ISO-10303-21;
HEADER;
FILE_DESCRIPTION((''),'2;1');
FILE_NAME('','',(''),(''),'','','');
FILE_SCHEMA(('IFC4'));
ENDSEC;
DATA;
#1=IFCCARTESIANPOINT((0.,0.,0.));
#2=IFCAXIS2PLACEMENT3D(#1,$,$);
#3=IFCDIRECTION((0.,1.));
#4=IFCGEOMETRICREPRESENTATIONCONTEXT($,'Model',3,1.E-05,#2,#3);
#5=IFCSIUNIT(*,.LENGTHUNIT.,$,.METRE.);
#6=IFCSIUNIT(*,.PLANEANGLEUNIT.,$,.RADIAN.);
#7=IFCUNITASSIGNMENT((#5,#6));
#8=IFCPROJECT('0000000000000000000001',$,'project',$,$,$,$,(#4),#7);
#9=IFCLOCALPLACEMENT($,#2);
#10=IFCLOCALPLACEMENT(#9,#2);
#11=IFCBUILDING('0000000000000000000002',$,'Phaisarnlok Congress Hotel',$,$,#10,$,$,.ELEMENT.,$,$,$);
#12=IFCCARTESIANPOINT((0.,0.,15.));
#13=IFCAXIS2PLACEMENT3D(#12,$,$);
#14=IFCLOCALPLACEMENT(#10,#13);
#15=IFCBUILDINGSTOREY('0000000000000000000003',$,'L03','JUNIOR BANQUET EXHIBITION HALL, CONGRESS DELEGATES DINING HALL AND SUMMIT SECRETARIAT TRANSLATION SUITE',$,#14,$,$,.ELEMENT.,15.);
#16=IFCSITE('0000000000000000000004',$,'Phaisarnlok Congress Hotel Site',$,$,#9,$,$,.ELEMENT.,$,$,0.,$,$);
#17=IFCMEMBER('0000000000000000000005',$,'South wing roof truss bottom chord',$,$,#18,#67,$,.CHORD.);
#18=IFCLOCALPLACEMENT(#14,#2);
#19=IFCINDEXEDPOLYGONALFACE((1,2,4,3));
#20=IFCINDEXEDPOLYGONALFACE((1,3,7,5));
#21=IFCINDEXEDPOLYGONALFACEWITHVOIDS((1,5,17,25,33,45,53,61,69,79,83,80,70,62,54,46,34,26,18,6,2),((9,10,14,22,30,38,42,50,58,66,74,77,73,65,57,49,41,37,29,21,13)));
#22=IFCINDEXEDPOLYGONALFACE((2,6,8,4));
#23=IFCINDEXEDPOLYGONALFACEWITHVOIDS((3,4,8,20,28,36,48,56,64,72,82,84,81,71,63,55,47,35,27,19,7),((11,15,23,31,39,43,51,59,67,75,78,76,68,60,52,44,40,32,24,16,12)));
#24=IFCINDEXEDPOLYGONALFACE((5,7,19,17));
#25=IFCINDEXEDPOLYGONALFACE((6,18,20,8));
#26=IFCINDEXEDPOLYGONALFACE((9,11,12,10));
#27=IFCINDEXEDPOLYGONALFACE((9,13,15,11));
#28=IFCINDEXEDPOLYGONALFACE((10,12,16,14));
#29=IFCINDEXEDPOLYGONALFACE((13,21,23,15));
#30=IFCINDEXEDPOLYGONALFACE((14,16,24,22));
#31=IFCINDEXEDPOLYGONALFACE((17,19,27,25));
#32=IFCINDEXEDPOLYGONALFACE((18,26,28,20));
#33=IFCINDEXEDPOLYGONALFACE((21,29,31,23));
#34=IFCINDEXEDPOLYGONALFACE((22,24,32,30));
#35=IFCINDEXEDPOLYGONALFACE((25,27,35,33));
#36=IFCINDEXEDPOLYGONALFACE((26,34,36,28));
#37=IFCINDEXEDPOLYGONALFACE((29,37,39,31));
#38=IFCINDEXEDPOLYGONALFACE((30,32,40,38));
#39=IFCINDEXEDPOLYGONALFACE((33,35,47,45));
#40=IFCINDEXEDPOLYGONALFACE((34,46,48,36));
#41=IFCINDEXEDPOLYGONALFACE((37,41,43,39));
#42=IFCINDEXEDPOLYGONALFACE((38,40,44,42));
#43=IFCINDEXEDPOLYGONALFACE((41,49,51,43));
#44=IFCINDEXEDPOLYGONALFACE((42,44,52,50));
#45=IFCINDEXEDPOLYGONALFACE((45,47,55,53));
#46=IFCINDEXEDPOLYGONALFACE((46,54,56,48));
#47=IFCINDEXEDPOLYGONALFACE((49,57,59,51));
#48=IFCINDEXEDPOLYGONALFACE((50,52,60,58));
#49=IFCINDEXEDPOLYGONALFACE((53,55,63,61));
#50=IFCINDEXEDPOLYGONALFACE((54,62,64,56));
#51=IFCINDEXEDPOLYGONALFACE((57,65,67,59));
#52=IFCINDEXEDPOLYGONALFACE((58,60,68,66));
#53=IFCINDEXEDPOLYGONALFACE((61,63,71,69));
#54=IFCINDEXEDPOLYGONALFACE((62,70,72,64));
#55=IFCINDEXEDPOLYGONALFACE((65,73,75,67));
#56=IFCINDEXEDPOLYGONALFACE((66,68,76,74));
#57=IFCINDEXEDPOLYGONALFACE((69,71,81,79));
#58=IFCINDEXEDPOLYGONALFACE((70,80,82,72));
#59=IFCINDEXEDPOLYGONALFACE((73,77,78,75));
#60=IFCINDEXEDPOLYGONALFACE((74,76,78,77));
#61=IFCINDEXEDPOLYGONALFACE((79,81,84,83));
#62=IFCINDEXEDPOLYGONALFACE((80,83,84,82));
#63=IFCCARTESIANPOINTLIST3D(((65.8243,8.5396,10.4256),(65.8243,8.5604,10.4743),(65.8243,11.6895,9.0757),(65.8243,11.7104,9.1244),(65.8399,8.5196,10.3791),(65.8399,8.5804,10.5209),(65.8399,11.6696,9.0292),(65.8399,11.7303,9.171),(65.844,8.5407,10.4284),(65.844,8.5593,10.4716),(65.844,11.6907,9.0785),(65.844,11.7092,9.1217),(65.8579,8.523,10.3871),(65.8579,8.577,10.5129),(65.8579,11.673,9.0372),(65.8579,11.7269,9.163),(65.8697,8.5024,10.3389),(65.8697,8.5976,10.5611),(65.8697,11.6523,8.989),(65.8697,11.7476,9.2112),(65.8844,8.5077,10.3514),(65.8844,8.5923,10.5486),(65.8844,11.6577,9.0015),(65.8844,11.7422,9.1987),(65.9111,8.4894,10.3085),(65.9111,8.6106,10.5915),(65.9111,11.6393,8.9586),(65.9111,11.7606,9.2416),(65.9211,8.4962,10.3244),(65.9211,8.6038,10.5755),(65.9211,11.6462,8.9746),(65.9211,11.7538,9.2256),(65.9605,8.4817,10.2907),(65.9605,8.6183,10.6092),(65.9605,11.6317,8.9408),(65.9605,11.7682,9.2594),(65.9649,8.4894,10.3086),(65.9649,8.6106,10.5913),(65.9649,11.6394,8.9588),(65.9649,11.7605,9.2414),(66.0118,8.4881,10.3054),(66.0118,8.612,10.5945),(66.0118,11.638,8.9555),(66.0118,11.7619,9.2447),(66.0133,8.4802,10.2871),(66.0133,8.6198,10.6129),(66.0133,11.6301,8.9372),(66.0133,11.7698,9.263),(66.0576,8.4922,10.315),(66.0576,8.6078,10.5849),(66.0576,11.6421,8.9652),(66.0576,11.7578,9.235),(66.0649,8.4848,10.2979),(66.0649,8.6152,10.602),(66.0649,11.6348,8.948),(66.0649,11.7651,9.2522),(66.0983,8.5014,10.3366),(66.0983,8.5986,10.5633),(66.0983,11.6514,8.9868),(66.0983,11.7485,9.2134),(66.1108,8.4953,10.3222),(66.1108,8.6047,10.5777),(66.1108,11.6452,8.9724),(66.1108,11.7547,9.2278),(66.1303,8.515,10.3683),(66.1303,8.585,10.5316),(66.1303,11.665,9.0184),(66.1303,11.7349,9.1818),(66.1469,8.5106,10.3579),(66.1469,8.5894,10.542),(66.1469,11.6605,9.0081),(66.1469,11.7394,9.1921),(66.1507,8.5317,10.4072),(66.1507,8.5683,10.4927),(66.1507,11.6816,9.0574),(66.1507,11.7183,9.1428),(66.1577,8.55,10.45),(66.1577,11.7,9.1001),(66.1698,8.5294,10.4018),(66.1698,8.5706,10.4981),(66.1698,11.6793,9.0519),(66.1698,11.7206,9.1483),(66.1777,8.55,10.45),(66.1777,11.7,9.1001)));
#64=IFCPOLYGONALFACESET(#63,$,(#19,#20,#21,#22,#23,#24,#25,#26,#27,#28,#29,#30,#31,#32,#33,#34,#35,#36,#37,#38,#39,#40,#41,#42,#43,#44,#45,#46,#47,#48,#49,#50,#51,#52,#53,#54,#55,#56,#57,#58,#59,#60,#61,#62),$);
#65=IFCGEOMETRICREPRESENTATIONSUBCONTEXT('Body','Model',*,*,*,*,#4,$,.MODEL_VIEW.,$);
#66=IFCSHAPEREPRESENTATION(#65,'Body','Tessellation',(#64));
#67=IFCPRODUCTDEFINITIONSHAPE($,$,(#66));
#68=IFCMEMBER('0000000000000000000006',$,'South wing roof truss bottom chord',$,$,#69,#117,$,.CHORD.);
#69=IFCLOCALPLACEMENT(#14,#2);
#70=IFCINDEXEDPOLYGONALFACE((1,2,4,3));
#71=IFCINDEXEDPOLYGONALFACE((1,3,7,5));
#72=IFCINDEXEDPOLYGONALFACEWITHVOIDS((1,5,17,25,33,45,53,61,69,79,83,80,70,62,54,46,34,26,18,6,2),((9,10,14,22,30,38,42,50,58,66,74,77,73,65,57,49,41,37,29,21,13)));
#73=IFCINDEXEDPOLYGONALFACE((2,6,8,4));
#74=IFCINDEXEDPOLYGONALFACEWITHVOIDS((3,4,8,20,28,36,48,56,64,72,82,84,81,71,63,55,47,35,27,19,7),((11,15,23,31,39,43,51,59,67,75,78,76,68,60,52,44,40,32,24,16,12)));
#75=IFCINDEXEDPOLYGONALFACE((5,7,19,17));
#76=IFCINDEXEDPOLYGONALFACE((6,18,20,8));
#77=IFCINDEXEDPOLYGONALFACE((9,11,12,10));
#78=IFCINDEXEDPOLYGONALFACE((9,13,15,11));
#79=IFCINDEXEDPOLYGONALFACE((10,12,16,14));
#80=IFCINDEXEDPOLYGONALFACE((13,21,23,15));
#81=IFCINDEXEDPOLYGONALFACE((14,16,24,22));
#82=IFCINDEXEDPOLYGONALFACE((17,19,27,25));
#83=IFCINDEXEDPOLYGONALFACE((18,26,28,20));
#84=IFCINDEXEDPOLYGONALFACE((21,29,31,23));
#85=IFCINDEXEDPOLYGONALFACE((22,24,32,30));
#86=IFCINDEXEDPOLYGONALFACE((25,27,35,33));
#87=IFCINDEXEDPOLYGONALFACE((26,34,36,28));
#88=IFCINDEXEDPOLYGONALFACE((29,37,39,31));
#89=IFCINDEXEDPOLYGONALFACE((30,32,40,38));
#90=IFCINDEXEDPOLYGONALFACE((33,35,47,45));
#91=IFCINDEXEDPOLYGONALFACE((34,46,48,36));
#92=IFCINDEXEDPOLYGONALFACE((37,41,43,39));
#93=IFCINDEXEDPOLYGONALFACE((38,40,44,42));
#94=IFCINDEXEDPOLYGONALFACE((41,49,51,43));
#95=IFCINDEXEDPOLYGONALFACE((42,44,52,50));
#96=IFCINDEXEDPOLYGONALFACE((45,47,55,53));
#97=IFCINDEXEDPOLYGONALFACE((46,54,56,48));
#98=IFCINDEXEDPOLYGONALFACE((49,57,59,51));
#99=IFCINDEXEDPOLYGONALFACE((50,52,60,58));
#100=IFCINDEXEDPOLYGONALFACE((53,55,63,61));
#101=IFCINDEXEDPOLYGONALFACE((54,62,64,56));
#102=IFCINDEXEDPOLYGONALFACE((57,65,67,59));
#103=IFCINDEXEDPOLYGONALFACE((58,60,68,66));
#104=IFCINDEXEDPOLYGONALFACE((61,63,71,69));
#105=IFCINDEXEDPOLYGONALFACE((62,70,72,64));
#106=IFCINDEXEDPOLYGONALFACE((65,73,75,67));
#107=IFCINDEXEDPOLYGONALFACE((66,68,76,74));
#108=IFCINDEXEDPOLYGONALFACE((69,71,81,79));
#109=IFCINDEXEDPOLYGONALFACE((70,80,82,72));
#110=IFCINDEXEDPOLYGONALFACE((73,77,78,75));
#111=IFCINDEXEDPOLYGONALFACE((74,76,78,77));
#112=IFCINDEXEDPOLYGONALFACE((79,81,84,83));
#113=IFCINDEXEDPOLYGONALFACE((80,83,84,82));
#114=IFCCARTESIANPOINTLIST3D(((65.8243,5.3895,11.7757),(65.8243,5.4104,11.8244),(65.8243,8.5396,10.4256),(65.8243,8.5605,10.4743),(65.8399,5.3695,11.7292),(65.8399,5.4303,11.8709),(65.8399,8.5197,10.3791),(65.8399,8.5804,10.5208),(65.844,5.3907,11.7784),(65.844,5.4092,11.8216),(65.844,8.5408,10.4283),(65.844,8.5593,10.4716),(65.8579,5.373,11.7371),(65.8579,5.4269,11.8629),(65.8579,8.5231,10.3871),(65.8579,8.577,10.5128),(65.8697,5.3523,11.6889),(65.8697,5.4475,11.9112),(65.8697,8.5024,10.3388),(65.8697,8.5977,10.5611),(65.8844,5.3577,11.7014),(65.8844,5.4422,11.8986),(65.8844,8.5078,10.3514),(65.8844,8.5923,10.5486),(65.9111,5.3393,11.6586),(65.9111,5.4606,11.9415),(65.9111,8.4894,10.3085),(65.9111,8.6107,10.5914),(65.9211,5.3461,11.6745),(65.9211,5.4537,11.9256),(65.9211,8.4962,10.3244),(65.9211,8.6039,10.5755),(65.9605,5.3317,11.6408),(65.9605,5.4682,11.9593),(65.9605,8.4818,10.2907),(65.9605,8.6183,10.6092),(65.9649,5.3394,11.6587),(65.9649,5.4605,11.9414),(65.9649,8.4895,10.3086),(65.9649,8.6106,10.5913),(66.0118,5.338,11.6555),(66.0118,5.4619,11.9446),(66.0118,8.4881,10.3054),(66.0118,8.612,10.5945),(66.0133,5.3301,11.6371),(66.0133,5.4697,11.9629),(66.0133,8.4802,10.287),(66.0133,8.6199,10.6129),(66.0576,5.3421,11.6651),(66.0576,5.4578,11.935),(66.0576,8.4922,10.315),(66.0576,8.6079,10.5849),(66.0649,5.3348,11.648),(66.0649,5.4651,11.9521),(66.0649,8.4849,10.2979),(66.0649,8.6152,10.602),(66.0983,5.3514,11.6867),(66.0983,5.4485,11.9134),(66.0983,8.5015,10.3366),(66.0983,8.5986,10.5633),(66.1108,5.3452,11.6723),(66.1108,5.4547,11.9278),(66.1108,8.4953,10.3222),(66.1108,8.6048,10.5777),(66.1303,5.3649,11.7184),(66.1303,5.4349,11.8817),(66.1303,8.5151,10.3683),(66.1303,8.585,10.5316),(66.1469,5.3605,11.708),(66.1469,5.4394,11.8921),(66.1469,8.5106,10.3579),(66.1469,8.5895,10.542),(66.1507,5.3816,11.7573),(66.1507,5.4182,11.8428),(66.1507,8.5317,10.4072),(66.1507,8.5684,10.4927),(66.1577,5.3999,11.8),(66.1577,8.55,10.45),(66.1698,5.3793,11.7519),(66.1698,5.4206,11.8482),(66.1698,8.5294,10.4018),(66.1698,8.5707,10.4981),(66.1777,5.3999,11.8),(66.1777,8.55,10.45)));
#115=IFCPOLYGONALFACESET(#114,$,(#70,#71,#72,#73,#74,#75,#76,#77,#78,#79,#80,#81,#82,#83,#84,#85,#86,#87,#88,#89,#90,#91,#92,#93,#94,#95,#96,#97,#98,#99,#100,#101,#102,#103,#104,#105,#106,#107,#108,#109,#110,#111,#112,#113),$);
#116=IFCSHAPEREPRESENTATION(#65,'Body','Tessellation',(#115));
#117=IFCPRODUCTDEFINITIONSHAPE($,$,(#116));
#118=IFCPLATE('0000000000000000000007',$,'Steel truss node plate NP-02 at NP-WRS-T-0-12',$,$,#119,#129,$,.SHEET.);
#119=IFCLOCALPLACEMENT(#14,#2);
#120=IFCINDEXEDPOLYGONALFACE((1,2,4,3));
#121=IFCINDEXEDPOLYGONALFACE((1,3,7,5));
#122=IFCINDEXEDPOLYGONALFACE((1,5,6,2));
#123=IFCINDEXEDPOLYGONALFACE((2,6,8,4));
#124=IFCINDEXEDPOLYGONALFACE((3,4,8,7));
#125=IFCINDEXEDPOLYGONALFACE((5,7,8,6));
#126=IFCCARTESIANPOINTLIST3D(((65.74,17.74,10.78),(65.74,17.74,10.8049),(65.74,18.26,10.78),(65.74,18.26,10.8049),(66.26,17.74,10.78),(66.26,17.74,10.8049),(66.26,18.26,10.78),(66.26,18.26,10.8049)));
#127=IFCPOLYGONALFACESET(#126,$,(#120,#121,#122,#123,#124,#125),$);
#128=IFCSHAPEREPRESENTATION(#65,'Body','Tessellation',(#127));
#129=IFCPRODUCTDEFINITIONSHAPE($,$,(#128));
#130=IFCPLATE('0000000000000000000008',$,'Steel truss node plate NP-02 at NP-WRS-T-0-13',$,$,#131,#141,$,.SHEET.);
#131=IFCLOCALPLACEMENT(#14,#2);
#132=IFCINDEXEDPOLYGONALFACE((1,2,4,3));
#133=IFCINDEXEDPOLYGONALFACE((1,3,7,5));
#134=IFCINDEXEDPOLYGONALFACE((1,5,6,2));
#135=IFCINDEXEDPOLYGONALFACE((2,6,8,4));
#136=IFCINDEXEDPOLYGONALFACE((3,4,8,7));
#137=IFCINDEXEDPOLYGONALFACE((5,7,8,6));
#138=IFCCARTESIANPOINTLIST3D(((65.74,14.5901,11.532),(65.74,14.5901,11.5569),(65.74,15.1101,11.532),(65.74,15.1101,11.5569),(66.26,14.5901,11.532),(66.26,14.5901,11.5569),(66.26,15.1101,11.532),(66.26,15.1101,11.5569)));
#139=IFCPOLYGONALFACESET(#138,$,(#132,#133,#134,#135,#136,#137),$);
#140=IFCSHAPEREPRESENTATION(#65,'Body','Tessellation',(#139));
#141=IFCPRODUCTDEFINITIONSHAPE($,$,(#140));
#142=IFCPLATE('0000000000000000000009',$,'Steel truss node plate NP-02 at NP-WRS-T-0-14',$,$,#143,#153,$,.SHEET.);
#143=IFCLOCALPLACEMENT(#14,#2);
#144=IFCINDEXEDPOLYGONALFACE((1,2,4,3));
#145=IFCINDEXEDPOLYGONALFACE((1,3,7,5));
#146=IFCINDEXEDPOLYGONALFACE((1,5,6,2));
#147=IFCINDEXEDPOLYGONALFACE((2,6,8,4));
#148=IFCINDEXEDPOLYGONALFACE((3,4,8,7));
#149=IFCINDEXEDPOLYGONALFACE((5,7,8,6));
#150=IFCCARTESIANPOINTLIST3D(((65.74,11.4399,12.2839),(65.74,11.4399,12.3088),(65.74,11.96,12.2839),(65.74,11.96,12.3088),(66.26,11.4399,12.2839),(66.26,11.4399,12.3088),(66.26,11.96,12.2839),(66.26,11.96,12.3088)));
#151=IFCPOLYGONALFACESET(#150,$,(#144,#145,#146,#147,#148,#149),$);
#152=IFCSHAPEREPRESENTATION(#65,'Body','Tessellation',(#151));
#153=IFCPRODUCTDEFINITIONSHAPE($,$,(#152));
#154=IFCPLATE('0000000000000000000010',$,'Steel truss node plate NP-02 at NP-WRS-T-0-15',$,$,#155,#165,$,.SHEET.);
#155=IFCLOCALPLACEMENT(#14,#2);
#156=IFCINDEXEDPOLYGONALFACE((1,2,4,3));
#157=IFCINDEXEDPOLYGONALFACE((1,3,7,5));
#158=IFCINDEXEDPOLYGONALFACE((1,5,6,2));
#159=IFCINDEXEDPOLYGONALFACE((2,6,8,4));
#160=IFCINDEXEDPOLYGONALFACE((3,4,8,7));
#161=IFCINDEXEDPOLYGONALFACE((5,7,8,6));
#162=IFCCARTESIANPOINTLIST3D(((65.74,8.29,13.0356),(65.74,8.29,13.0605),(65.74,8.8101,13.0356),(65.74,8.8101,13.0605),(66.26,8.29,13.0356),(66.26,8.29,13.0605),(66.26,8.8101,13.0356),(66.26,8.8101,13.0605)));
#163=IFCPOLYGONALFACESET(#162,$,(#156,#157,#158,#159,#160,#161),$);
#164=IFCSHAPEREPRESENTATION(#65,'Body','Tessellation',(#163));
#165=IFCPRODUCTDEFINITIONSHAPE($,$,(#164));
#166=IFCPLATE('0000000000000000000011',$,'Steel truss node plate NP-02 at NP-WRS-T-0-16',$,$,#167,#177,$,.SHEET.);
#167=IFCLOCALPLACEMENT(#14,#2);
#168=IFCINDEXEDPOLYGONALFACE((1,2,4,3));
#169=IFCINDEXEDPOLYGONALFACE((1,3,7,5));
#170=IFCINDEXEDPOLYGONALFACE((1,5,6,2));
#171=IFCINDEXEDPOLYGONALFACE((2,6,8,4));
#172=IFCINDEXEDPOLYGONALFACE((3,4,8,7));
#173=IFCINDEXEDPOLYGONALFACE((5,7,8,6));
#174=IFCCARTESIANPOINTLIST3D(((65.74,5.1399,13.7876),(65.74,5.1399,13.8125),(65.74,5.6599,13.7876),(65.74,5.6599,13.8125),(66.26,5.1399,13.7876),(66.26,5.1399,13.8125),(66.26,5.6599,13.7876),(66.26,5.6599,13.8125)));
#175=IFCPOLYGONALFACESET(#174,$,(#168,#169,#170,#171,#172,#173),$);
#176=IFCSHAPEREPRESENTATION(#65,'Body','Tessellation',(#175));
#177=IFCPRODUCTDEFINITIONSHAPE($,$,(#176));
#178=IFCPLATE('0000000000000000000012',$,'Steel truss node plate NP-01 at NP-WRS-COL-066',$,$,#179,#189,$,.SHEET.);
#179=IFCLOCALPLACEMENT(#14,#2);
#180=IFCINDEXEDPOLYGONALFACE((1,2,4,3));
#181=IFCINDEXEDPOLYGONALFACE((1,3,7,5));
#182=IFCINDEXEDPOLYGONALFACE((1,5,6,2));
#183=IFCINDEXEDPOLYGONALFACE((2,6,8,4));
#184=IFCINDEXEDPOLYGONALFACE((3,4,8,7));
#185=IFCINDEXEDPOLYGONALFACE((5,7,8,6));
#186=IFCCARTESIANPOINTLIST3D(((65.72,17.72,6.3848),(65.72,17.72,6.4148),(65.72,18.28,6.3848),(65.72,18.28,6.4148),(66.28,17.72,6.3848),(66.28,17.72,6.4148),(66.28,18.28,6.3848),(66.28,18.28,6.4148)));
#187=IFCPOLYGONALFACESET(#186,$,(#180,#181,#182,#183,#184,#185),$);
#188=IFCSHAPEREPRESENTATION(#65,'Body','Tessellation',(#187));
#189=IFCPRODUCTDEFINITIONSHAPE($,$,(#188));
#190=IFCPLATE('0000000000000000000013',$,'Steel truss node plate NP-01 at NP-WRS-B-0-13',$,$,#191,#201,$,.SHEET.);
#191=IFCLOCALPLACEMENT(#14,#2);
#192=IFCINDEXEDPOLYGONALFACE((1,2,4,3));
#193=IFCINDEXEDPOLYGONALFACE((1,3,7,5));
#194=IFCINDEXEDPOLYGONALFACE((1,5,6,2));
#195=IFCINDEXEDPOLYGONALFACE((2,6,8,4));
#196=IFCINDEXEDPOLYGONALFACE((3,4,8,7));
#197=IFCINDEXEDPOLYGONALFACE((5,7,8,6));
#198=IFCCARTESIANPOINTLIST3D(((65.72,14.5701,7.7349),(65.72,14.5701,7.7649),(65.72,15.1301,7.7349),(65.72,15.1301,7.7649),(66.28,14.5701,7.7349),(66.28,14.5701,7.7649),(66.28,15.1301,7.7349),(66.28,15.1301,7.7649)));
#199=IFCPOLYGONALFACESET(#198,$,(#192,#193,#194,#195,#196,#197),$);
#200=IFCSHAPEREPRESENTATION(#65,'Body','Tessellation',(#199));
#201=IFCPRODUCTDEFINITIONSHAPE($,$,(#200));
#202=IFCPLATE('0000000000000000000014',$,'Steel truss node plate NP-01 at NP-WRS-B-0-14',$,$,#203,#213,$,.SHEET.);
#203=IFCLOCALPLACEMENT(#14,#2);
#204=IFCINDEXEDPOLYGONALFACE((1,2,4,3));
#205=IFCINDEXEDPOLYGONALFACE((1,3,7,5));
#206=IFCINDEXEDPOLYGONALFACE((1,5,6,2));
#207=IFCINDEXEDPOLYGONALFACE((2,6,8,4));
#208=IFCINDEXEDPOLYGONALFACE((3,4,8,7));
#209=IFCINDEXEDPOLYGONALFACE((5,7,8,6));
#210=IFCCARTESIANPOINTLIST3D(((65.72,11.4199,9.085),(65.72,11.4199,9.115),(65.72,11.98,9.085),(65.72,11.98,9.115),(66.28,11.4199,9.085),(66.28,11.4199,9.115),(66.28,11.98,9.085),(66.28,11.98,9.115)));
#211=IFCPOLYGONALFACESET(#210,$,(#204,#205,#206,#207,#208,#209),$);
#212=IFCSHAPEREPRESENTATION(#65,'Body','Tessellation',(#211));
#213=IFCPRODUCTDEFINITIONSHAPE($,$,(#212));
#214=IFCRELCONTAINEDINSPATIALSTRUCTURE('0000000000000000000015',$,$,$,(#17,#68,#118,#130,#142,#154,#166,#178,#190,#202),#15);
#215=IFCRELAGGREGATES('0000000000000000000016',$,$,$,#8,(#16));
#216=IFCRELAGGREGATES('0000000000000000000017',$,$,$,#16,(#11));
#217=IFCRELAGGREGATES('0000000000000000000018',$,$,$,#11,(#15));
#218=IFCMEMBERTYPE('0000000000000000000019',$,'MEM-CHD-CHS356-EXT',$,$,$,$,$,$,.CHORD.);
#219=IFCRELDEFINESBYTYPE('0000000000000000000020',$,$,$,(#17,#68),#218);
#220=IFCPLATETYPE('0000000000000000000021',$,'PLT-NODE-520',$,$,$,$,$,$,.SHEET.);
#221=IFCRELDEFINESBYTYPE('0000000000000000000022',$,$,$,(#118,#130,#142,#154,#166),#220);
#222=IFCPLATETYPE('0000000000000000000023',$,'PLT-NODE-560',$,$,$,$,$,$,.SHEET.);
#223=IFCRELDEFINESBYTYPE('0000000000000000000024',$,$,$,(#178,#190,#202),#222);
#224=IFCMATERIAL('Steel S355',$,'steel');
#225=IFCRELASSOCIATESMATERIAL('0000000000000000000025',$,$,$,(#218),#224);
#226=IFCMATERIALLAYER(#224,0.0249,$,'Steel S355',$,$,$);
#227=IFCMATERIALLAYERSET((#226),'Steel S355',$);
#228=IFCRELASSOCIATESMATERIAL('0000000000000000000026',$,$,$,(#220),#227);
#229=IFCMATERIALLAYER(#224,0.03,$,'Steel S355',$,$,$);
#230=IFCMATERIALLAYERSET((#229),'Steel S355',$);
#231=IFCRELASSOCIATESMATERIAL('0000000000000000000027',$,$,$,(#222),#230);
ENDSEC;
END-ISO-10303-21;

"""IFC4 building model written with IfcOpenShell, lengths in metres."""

from ifc_helpers import new_model, si_unit, direction, frame, origin, origin_2d, place, context, subcontext, project, spatial, rectangle, hollow_circle, extrude, material, layer, layer_set, material_profile, profile_set, type_object, element, save


model = new_model("IFC4")

# Units and contexts
model_context = context("Model", 3, precision=1e-05, world=origin(), true_north=direction((0.0, 1.0)))
body_context = subcontext(model_context, "Body", "Model", "MODEL_VIEW")
ifc_project = project(units=[si_unit("LENGTHUNIT", "METRE"), si_unit("PLANEANGLEUNIT", "RADIAN")], contexts=[model_context])

# Site, building, storey
site_placement = place(None, origin())
site = spatial("IfcSite", under=ifc_project, at=site_placement, Name="Phaisarnlok Congress Hotel Site", CompositionType="ELEMENT", RefElevation=0.0)
building_placement = place(site_placement, origin())
building = spatial("IfcBuilding", under=site, at=building_placement, Name="Phaisarnlok Congress Hotel", CompositionType="ELEMENT")
storey_placement = place(building_placement, frame((0.0, 0.0, 15.0)))
storey = spatial("IfcBuildingStorey", under=building, at=storey_placement, Name="L03", Description="JUNIOR BANQUET EXHIBITION HALL, CONGRESS DELEGATES DINING HALL AND SUMMIT SECRETARIAT TRANSLATION SUITE", CompositionType="ELEMENT", Elevation=15.0)

# Shared definitions
ifc_material_1 = material(Name="Steel S355", Category="steel")

# Members
ifc_material_profile_1 = material_profile(ifc_material_1, hollow_circle(Radius=0.1777, WallThickness=0.02, at=origin_2d()), Name="CHS 355.6x20")
ifc_profile_set_1 = profile_set([ifc_material_profile_1], Name="Steel S355")
member_type_1 = type_object("IfcMemberType", Name="MEM-CHD-CHS356-EXT", PredefinedType="CHORD", material=ifc_profile_set_1)
member_1_placement = place(storey_placement, frame((66.0, 11.7, 9.1001), z_axis=(0.0, -0.919156, 0.393894), x_axis=(1.0, 0.0, 0.0)))
element("IfcMember", 1, at=member_1_placement, inside=storey, type_object=member_type_1, Name="South wing roof truss bottom chord", PredefinedType="CHORD", context=body_context, shape_type="SweptSolid", body=[
    extrude(hollow_circle(Radius=0.1777, WallThickness=0.02, at=origin_2d()), origin(), (0.0, 0.0, 1.0), 3.427),
])
member_2_placement = place(storey_placement, frame((66.0, 8.55, 10.45), z_axis=(0.0, -0.919141, 0.393928), x_axis=(1.0, 0.0, 0.0)))
element("IfcMember", 2, at=member_2_placement, inside=storey, type_object=member_type_1, Name="South wing roof truss bottom chord", PredefinedType="CHORD", context=body_context, shape_type="SweptSolid", body=[
    extrude(hollow_circle(Radius=0.1777, WallThickness=0.02, at=origin_2d()), origin(), (0.0, 0.0, 1.0), 3.4272),
])

# Plates
ifc_layer_1 = layer(ifc_material_1, 0.0249, Name="Steel S355")
ifc_layer_set_1 = layer_set([ifc_layer_1], Name="Steel S355")
plate_type_1 = type_object("IfcPlateType", Name="PLT-NODE-520", PredefinedType="SHEET", material=ifc_layer_set_1)
for number, where, z_axis, x_axis, name in (
    (3, (66.0, 18.0, 10.78), (0.0, 0.0, 1.0), (1.0, 0.0, 0.0), "Steel truss node plate NP-02 at NP-WRS-T-0-12"),
    (4, (66.0, 14.8501, 11.532), (0.0, 0.0, 1.0), (1.0, 0.0, 0.0), "Steel truss node plate NP-02 at NP-WRS-T-0-13"),
    (5, (66.0, 11.7, 12.2839), (0.0, 0.0, 1.0), (1.0, 0.0, 0.0), "Steel truss node plate NP-02 at NP-WRS-T-0-14"),
    (6, (66.0, 8.55, 13.0356), (0.0, 0.0, 1.0), (1.0, 0.0, 0.0), "Steel truss node plate NP-02 at NP-WRS-T-0-15"),
    (7, (66.0, 5.3999, 13.7876), (0.0, 0.0, 1.0), (1.0, 0.0, 0.0), "Steel truss node plate NP-02 at NP-WRS-T-0-16"),
):
    element("IfcPlate", number, at=place(storey_placement, frame(where, z_axis=z_axis, x_axis=x_axis)), inside=storey, type_object=plate_type_1, Name=name, PredefinedType="SHEET", context=body_context, shape_type="SweptSolid", body=[
        extrude(rectangle(XDim=0.52, YDim=0.52, at=origin_2d()), origin(), (0.0, 0.0, 1.0), 0.0249),
    ])
ifc_layer_2 = layer(ifc_material_1, 0.03, Name="Steel S355")
ifc_layer_set_2 = layer_set([ifc_layer_2], Name="Steel S355")
plate_type_2 = type_object("IfcPlateType", Name="PLT-NODE-560", PredefinedType="SHEET", material=ifc_layer_set_2)
for number, where, z_axis, x_axis, name in (
    (8, (66.0, 18.0, 6.3848), (0.0, 0.0, 1.0), (1.0, 0.0, 0.0), "Steel truss node plate NP-01 at NP-WRS-COL-066"),
    (9, (66.0, 14.8501, 7.7349), (0.0, 0.0, 1.0), (1.0, 0.0, 0.0), "Steel truss node plate NP-01 at NP-WRS-B-0-13"),
    (10, (66.0, 11.7, 9.085), (0.0, 0.0, 1.0), (1.0, 0.0, 0.0), "Steel truss node plate NP-01 at NP-WRS-B-0-14"),
):
    element("IfcPlate", number, at=place(storey_placement, frame(where, z_axis=z_axis, x_axis=x_axis)), inside=storey, type_object=plate_type_2, Name=name, PredefinedType="SHEET", context=body_context, shape_type="SweptSolid", body=[
        extrude(rectangle(XDim=0.5601, YDim=0.5601, at=origin_2d()), origin(), (0.0, 0.0, 1.0), 0.03),
    ])

save(model, "model.ifc")
